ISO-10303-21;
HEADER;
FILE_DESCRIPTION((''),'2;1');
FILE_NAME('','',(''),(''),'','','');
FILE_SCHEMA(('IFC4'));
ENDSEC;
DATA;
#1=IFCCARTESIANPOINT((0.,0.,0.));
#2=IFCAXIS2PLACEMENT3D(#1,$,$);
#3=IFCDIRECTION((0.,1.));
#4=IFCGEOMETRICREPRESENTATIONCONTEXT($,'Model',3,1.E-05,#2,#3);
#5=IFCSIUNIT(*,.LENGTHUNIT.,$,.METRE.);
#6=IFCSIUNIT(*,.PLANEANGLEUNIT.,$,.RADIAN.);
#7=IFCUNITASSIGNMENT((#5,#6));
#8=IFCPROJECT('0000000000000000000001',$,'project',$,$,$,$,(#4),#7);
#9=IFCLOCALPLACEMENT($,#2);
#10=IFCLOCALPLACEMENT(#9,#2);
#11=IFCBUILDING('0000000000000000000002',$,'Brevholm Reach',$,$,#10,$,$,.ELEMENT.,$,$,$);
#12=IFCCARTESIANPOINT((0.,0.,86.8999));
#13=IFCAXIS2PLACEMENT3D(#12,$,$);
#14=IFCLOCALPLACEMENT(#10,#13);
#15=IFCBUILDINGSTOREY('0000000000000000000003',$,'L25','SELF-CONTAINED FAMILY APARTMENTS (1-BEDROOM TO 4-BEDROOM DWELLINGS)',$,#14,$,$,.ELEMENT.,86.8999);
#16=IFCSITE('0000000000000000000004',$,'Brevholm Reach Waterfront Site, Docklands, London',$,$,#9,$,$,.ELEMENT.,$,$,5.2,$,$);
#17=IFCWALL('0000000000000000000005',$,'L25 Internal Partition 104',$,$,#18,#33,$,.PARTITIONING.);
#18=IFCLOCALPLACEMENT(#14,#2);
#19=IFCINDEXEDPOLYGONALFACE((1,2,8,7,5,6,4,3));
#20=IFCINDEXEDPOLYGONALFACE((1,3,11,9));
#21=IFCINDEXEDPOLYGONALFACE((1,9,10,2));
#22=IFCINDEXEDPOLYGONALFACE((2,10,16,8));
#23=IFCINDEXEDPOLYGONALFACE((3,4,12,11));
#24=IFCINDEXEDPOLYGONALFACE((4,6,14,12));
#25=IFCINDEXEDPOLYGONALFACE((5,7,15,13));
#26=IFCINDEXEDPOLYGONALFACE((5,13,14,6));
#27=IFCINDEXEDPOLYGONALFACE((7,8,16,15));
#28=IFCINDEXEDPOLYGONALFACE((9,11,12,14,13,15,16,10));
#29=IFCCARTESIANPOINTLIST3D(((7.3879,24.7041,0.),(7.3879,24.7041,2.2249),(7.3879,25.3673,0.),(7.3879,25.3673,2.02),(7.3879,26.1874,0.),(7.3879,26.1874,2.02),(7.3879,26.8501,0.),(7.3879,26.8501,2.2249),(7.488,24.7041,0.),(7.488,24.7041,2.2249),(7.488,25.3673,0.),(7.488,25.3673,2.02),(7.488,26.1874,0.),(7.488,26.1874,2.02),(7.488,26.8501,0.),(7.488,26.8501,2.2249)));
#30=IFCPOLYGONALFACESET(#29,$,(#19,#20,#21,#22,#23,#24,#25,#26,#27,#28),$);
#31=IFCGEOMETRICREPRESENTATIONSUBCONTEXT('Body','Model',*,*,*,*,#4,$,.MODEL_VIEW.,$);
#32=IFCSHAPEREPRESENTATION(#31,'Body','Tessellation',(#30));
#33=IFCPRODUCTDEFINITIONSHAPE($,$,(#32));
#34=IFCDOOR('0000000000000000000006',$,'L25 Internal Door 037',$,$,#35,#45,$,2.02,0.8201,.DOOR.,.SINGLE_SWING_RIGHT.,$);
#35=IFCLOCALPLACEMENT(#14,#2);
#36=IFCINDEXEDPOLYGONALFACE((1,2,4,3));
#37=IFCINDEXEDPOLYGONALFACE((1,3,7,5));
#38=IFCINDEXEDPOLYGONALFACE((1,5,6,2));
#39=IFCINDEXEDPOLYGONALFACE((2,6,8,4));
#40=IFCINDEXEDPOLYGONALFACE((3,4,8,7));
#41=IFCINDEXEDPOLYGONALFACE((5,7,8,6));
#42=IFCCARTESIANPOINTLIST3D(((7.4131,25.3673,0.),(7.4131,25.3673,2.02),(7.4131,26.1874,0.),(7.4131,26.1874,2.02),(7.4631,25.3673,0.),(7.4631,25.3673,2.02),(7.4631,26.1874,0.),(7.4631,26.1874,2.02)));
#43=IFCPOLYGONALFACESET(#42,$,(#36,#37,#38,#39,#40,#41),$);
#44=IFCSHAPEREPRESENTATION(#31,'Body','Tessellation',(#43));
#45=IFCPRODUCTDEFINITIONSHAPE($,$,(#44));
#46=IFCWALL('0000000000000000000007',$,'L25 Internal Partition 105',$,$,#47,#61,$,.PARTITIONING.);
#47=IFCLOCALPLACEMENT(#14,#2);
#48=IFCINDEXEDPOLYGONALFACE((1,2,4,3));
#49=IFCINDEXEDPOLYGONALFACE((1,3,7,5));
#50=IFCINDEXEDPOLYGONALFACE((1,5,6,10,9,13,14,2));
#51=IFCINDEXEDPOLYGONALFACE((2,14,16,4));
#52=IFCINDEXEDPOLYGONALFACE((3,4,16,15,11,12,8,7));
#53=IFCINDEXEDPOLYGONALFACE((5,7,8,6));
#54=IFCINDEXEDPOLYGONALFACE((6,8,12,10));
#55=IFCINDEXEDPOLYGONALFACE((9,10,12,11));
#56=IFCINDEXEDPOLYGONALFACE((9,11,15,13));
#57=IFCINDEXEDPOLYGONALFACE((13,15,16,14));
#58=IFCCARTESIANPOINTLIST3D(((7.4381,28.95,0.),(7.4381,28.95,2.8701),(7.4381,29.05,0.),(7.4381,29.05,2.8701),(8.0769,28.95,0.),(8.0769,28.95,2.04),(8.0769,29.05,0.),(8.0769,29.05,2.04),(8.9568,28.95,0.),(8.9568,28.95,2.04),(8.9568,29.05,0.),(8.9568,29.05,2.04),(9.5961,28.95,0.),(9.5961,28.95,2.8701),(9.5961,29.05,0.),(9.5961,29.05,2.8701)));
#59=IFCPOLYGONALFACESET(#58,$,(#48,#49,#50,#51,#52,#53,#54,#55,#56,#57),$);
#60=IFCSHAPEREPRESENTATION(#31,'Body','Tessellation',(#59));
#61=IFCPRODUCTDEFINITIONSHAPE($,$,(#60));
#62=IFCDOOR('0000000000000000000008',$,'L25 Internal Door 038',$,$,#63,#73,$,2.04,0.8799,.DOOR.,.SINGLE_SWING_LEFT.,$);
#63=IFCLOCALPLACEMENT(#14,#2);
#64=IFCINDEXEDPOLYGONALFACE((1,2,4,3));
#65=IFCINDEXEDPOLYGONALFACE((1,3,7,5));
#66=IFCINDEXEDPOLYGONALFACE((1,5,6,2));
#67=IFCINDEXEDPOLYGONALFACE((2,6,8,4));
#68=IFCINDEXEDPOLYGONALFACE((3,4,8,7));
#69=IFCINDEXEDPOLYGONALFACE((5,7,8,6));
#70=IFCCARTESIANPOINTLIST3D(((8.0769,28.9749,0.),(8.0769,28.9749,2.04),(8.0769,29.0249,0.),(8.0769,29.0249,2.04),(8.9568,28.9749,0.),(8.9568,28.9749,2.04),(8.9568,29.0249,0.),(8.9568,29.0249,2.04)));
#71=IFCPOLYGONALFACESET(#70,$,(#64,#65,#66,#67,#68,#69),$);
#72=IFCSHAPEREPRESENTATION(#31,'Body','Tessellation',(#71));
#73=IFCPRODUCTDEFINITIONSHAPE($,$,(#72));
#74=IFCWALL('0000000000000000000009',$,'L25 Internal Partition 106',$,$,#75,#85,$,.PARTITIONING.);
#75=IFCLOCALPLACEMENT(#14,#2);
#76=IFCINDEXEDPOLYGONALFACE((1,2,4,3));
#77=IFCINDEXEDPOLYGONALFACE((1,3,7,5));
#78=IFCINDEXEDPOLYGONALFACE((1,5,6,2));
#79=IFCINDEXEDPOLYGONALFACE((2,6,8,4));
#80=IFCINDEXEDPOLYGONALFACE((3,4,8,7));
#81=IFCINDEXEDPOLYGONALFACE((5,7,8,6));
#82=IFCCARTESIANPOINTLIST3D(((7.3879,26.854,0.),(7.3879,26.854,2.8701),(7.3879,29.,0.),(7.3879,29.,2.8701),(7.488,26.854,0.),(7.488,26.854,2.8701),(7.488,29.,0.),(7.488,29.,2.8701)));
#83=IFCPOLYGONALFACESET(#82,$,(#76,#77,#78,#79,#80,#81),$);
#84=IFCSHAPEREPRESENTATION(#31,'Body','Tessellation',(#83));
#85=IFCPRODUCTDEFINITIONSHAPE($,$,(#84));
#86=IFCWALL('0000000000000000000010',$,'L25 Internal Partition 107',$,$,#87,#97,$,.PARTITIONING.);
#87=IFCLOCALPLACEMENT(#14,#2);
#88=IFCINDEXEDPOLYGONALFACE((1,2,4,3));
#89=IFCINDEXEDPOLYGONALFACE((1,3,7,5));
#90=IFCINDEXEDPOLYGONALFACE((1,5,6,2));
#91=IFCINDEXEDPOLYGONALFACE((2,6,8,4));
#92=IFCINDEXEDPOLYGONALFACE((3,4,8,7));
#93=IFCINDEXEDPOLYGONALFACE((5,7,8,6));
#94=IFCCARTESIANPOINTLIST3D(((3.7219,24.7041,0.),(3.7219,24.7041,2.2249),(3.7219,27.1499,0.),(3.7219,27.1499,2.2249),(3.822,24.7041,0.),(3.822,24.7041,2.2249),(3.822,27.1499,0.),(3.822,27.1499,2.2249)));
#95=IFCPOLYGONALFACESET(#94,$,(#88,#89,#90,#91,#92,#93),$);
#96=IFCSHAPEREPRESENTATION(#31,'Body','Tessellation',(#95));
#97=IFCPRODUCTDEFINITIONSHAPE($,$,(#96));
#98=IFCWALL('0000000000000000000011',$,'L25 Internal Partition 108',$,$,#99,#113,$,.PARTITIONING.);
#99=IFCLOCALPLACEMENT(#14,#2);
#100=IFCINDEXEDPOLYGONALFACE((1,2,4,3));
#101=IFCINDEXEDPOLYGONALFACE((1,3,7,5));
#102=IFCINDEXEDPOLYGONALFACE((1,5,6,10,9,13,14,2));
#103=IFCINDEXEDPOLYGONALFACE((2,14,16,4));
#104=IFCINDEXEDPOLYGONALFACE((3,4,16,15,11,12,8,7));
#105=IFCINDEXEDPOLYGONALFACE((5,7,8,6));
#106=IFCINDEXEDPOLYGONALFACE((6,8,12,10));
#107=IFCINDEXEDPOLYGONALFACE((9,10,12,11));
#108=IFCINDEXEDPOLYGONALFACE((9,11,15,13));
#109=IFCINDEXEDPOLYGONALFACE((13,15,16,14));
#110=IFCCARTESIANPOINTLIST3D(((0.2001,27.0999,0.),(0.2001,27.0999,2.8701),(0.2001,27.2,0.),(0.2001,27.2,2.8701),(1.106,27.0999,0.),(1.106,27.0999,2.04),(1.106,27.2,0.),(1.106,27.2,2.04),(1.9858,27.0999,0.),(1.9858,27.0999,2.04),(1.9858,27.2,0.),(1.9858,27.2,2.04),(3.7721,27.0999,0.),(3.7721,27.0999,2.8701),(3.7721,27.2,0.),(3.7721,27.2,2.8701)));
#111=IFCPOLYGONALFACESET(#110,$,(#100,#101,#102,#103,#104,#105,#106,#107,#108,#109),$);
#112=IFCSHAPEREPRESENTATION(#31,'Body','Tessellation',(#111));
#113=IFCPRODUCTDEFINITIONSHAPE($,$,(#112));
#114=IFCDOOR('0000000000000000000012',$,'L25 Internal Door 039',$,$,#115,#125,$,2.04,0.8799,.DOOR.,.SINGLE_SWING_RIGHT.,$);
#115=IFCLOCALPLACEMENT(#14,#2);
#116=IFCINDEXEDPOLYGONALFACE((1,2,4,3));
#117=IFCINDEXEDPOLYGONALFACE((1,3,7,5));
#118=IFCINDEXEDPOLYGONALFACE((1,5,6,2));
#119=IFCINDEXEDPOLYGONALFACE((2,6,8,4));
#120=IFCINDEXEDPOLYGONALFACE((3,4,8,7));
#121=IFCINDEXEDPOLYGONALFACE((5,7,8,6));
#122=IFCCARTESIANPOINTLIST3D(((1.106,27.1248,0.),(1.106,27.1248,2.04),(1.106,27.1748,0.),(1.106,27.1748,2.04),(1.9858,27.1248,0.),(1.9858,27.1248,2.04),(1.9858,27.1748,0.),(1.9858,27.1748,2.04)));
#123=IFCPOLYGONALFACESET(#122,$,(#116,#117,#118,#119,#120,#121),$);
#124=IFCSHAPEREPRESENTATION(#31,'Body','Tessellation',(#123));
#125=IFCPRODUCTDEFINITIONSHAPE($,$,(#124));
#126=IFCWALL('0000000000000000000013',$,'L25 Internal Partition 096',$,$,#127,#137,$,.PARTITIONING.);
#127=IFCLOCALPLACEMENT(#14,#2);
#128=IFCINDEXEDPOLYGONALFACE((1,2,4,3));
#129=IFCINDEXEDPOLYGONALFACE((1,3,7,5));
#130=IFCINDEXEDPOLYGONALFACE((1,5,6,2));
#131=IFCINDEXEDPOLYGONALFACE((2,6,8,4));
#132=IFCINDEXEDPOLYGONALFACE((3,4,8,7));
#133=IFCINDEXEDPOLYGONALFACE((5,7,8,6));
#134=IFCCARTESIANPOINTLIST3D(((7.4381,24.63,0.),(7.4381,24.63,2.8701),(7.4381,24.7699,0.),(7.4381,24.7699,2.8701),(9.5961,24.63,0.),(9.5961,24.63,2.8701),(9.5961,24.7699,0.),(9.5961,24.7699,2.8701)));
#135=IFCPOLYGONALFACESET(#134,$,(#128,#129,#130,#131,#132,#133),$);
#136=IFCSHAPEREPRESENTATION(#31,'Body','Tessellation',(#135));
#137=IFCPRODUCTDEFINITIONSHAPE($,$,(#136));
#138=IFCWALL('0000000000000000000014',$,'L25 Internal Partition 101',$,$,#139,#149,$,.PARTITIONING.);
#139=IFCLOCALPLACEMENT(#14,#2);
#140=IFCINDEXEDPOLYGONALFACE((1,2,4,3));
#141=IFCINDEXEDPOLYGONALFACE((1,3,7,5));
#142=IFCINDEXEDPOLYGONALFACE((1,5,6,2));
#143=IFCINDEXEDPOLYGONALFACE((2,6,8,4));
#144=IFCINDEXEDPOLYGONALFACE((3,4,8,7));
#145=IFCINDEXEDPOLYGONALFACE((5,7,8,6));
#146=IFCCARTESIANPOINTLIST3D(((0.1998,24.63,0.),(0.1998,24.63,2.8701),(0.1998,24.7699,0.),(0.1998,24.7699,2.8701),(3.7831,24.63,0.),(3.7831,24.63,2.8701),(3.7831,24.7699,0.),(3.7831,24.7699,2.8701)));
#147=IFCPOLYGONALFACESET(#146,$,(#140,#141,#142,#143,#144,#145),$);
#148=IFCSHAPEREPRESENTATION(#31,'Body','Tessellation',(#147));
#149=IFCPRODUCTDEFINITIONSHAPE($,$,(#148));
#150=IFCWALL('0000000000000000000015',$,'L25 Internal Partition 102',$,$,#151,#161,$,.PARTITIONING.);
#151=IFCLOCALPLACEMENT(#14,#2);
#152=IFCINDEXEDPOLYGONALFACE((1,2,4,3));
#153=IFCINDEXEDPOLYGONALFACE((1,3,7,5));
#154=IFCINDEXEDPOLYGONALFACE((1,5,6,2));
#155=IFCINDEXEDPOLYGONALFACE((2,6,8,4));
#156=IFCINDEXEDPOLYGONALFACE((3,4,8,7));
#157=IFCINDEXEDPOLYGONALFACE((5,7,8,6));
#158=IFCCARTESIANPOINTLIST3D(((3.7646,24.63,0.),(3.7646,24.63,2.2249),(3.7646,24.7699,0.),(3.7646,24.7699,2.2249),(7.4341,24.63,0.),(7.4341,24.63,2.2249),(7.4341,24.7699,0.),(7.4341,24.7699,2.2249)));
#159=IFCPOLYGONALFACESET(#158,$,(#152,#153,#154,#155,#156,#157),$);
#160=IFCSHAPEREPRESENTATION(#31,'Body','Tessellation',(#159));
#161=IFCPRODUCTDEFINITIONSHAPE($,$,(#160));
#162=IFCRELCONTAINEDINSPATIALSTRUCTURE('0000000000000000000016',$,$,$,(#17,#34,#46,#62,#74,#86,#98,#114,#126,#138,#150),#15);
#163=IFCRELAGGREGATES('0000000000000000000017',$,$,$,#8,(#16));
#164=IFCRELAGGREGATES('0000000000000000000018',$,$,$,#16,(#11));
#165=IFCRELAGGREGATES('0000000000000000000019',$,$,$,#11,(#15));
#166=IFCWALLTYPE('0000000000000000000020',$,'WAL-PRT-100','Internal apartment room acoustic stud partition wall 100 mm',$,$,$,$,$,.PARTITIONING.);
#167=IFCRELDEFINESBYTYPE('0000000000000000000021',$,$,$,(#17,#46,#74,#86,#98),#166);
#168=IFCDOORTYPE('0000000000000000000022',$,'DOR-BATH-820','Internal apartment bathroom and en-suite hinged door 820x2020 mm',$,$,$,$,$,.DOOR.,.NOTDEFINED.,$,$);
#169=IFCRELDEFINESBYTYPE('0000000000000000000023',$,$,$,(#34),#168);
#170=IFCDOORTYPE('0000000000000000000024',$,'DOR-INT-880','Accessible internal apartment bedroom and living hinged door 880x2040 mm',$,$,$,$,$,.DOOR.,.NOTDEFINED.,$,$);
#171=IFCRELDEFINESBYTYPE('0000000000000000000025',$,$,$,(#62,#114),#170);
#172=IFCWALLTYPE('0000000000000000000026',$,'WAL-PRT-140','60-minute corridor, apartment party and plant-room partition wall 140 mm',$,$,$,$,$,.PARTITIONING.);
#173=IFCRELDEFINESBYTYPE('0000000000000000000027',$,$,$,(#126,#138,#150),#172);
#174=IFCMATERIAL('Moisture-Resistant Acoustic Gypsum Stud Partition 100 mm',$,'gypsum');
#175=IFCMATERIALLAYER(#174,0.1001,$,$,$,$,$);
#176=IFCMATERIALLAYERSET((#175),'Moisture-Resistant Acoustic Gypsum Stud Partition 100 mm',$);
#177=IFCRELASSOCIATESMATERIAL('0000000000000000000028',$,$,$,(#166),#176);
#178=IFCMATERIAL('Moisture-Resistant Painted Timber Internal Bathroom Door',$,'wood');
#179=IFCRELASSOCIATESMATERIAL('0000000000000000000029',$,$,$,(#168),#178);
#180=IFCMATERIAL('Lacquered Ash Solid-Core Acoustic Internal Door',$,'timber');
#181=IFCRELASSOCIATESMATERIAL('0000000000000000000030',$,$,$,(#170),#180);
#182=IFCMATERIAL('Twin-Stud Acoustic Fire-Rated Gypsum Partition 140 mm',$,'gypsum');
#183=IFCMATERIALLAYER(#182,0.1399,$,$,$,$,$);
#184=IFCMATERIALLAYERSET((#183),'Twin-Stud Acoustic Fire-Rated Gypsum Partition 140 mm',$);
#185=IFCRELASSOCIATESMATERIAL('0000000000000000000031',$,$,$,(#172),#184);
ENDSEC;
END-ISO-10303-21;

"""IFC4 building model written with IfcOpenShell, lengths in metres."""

from ifc_helpers import new_model, si_unit, direction, frame, frame_2d, origin, place, context, subcontext, project, spatial, rectangle, extrude, material, layer, layer_set, type_object, element, fill, save


model = new_model("IFC4")

# Units and contexts
model_context = context("Model", 3, precision=1e-05, world=origin(), true_north=direction((0.0, 1.0)))
body_context = subcontext(model_context, "Body", "Model", "MODEL_VIEW")
ifc_project = project(units=[si_unit("LENGTHUNIT", "METRE"), si_unit("PLANEANGLEUNIT", "RADIAN")], contexts=[model_context])

# Site, building, storey
site_placement = place(None, origin())
site = spatial("IfcSite", under=ifc_project, at=site_placement, Name="Brevholm Reach Waterfront Site, Docklands, London", CompositionType="ELEMENT", RefElevation=5.2)
building_placement = place(site_placement, origin())
building = spatial("IfcBuilding", under=site, at=building_placement, Name="Brevholm Reach", CompositionType="ELEMENT")
storey_placement = place(building_placement, frame((0.0, 0.0, 86.8999)))
storey = spatial("IfcBuildingStorey", under=building, at=storey_placement, Name="L25", Description="SELF-CONTAINED FAMILY APARTMENTS (1-BEDROOM TO 4-BEDROOM DWELLINGS)", CompositionType="ELEMENT", Elevation=86.8999)

# Shared definitions
ifc_material_1 = material(Name="Moisture-Resistant Acoustic Gypsum Stud Partition 100 mm", Category="gypsum")
ifc_layer_1 = layer(ifc_material_1, 0.1001)
ifc_layer_set_1 = layer_set([ifc_layer_1], Name="Moisture-Resistant Acoustic Gypsum Stud Partition 100 mm")
wall_type_1 = type_object("IfcWallType", Name="WAL-PRT-100", Description="Internal apartment room acoustic stud partition wall 100 mm", PredefinedType="PARTITIONING", material=ifc_layer_set_1)

# Walls, openings, doors
wall_1_placement = place(storey_placement, frame((7.438, 24.7041, 0.0), z_axis=(0.0, 0.0, 1.0), x_axis=(0.0, 1.0, 0.0)))
wall_1 = element("IfcWall", 1, at=wall_1_placement, inside=storey, type_object=wall_type_1, Name="L25 Internal Partition 104", PredefinedType="PARTITIONING", context=body_context, shape_type="SweptSolid", body=[
    extrude(rectangle(XDim=2.146, YDim=0.1001, at=frame_2d((1.073, 0.0))), origin(), (0.0, 0.0, 1.0), 2.2249),
])
opening_1_placement = place(wall_1_placement, frame((0.6631, 0.0, 0.0)))
opening_1 = element("IfcOpeningElement", 2, at=opening_1_placement, cuts=wall_1, PredefinedType="OPENING", context=body_context, shape_type="SweptSolid", body=[
    extrude(rectangle(XDim=0.8201, YDim=2.02, at=frame_2d((0.4102, 1.01))), frame((0.0, 0.0601, 0.0), z_axis=(0.0, -1.0, 0.0), x_axis=(1.0, 0.0, 0.0)), (0.0, 0.0, 1.0), 0.1201),
])
ifc_material_2 = material(Name="Moisture-Resistant Painted Timber Internal Bathroom Door", Category="wood")
door_type_1 = type_object("IfcDoorType", Name="DOR-BATH-820", Description="Internal apartment bathroom and en-suite hinged door 820x2020 mm", OperationType="NOTDEFINED", PredefinedType="DOOR", material=ifc_material_2)
door_1_placement = place(opening_1_placement, origin())
door_1 = element("IfcDoor", 3, at=door_1_placement, inside=storey, type_object=door_type_1, Name="L25 Internal Door 037", OperationType="SINGLE_SWING_RIGHT", OverallHeight=2.02, OverallWidth=0.8201, PredefinedType="DOOR", context=body_context, shape_type="SweptSolid", body=[
    extrude(rectangle(XDim=0.8201, YDim=2.02, at=frame_2d((0.4102, 1.01))), frame((0.0, 0.0249, 0.0), z_axis=(0.0, -1.0, 0.0), x_axis=(1.0, 0.0, 0.0)), (0.0, 0.0, 1.0), 0.05),
])
fill(opening_1, door_1)
wall_2_placement = place(storey_placement, frame((7.438, 29.0, 0.0), z_axis=(0.0, 0.0, 1.0), x_axis=(1.0, 0.0, 0.0)))
wall_2 = element("IfcWall", 4, at=wall_2_placement, inside=storey, type_object=wall_type_1, Name="L25 Internal Partition 105", PredefinedType="PARTITIONING", context=body_context, shape_type="SweptSolid", body=[
    extrude(rectangle(XDim=2.158, YDim=0.1001, at=frame_2d((1.0791, 0.0))), origin(), (0.0, 0.0, 1.0), 2.8701),
])
opening_2_placement = place(wall_2_placement, frame((0.6389, 0.0, 0.0)))
opening_2 = element("IfcOpeningElement", 5, at=opening_2_placement, cuts=wall_2, PredefinedType="OPENING", context=body_context, shape_type="SweptSolid", body=[
    extrude(rectangle(XDim=0.8799, YDim=2.04, at=frame_2d((0.4399, 1.02))), frame((0.0, 0.0601, 0.0), z_axis=(0.0, -1.0, 0.0), x_axis=(1.0, 0.0, 0.0)), (0.0, 0.0, 1.0), 0.1201),
])
ifc_material_3 = material(Name="Lacquered Ash Solid-Core Acoustic Internal Door", Category="timber")
door_type_2 = type_object("IfcDoorType", Name="DOR-INT-880", Description="Accessible internal apartment bedroom and living hinged door 880x2040 mm", OperationType="NOTDEFINED", PredefinedType="DOOR", material=ifc_material_3)
door_2_placement = place(opening_2_placement, origin())
door_2 = element("IfcDoor", 6, at=door_2_placement, inside=storey, type_object=door_type_2, Name="L25 Internal Door 038", OperationType="SINGLE_SWING_LEFT", OverallHeight=2.04, OverallWidth=0.8799, PredefinedType="DOOR", context=body_context, shape_type="SweptSolid", body=[
    extrude(rectangle(XDim=0.8799, YDim=2.04, at=frame_2d((0.4399, 1.02))), frame((0.0, 0.0249, 0.0), z_axis=(0.0, -1.0, 0.0), x_axis=(1.0, 0.0, 0.0)), (0.0, 0.0, 1.0), 0.05),
])
fill(opening_2, door_2)

# Walls
wall_3_placement = place(storey_placement, frame((7.438, 26.854, 0.0), z_axis=(0.0, 0.0, 1.0), x_axis=(0.0, 1.0, 0.0)))
element("IfcWall", 7, at=wall_3_placement, inside=storey, type_object=wall_type_1, Name="L25 Internal Partition 106", PredefinedType="PARTITIONING", context=body_context, shape_type="SweptSolid", body=[
    extrude(rectangle(XDim=2.146, YDim=0.1001, at=frame_2d((1.073, 0.0))), origin(), (0.0, 0.0, 1.0), 2.8701),
])
wall_4_placement = place(storey_placement, frame((3.772, 24.7041, 0.0), z_axis=(0.0, 0.0, 1.0), x_axis=(0.0, 1.0, 0.0)))
element("IfcWall", 8, at=wall_4_placement, inside=storey, type_object=wall_type_1, Name="L25 Internal Partition 107", PredefinedType="PARTITIONING", context=body_context, shape_type="SweptSolid", body=[
    extrude(rectangle(XDim=2.4458, YDim=0.1001, at=frame_2d((1.2229, 0.0))), origin(), (0.0, 0.0, 1.0), 2.2249),
])

# Wall, opening, door
wall_5_placement = place(storey_placement, frame((0.2, 27.1499, 0.0), z_axis=(0.0, 0.0, 1.0), x_axis=(1.0, 0.0, 0.0)))
wall_5 = element("IfcWall", 9, at=wall_5_placement, inside=storey, type_object=wall_type_1, Name="L25 Internal Partition 108", PredefinedType="PARTITIONING", context=body_context, shape_type="SweptSolid", body=[
    extrude(rectangle(XDim=3.572, YDim=0.1001, at=frame_2d((1.7861, 0.0))), origin(), (0.0, 0.0, 1.0), 2.8701),
])
opening_3_placement = place(wall_5_placement, frame((0.906, 0.0, 0.0)))
opening_3 = element("IfcOpeningElement", 10, at=opening_3_placement, cuts=wall_5, PredefinedType="OPENING", context=body_context, shape_type="SweptSolid", body=[
    extrude(rectangle(XDim=0.8799, YDim=2.04, at=frame_2d((0.4399, 1.02))), frame((0.0, 0.0601, 0.0), z_axis=(0.0, -1.0, 0.0), x_axis=(1.0, 0.0, 0.0)), (0.0, 0.0, 1.0), 0.1201),
])
door_3_placement = place(opening_3_placement, origin())
door_3 = element("IfcDoor", 11, at=door_3_placement, inside=storey, type_object=door_type_2, Name="L25 Internal Door 039", OperationType="SINGLE_SWING_RIGHT", OverallHeight=2.04, OverallWidth=0.8799, PredefinedType="DOOR", context=body_context, shape_type="SweptSolid", body=[
    extrude(rectangle(XDim=0.8799, YDim=2.04, at=frame_2d((0.4399, 1.02))), frame((0.0, 0.0249, 0.0), z_axis=(0.0, -1.0, 0.0), x_axis=(1.0, 0.0, 0.0)), (0.0, 0.0, 1.0), 0.05),
])
fill(opening_3, door_3)

# Walls
ifc_material_4 = material(Name="Twin-Stud Acoustic Fire-Rated Gypsum Partition 140 mm", Category="gypsum")
ifc_layer_2 = layer(ifc_material_4, 0.1399)
ifc_layer_set_2 = layer_set([ifc_layer_2], Name="Twin-Stud Acoustic Fire-Rated Gypsum Partition 140 mm")
wall_type_2 = type_object("IfcWallType", Name="WAL-PRT-140", Description="60-minute corridor, apartment party and plant-room partition wall 140 mm", PredefinedType="PARTITIONING", material=ifc_layer_set_2)
wall_6_placement = place(storey_placement, frame((7.438, 24.7, 0.0), z_axis=(0.0, 0.0, 1.0), x_axis=(1.0, 0.0, 0.0)))
element("IfcWall", 12, at=wall_6_placement, inside=storey, type_object=wall_type_2, Name="L25 Internal Partition 096", PredefinedType="PARTITIONING", context=body_context, shape_type="SweptSolid", body=[
    extrude(rectangle(XDim=2.158, YDim=0.1399, at=frame_2d((1.0791, 0.0))), origin(), (0.0, 0.0, 1.0), 2.8701),
])
wall_7_placement = place(storey_placement, frame((0.2, 24.7, 0.0), z_axis=(0.0, 0.0, 1.0), x_axis=(1.0, 0.0, 0.0)))
element("IfcWall", 13, at=wall_7_placement, inside=storey, type_object=wall_type_2, Name="L25 Internal Partition 101", PredefinedType="PARTITIONING", context=body_context, shape_type="SweptSolid", body=[
    extrude(rectangle(XDim=3.5833, YDim=0.1399, at=frame_2d((1.7915, 0.0))), origin(), (0.0, 0.0, 1.0), 2.8701),
])
wall_8_placement = place(storey_placement, frame((3.7646, 24.7, 0.0), z_axis=(0.0, 0.0, 1.0), x_axis=(1.0, 0.0, 0.0)))
element("IfcWall", 14, at=wall_8_placement, inside=storey, type_object=wall_type_2, Name="L25 Internal Partition 102", PredefinedType="PARTITIONING", context=body_context, shape_type="SweptSolid", body=[
    extrude(rectangle(XDim=3.6694, YDim=0.1399, at=frame_2d((1.8347, 0.0))), origin(), (0.0, 0.0, 1.0), 2.2249),
])

save(model, "model.ifc")
